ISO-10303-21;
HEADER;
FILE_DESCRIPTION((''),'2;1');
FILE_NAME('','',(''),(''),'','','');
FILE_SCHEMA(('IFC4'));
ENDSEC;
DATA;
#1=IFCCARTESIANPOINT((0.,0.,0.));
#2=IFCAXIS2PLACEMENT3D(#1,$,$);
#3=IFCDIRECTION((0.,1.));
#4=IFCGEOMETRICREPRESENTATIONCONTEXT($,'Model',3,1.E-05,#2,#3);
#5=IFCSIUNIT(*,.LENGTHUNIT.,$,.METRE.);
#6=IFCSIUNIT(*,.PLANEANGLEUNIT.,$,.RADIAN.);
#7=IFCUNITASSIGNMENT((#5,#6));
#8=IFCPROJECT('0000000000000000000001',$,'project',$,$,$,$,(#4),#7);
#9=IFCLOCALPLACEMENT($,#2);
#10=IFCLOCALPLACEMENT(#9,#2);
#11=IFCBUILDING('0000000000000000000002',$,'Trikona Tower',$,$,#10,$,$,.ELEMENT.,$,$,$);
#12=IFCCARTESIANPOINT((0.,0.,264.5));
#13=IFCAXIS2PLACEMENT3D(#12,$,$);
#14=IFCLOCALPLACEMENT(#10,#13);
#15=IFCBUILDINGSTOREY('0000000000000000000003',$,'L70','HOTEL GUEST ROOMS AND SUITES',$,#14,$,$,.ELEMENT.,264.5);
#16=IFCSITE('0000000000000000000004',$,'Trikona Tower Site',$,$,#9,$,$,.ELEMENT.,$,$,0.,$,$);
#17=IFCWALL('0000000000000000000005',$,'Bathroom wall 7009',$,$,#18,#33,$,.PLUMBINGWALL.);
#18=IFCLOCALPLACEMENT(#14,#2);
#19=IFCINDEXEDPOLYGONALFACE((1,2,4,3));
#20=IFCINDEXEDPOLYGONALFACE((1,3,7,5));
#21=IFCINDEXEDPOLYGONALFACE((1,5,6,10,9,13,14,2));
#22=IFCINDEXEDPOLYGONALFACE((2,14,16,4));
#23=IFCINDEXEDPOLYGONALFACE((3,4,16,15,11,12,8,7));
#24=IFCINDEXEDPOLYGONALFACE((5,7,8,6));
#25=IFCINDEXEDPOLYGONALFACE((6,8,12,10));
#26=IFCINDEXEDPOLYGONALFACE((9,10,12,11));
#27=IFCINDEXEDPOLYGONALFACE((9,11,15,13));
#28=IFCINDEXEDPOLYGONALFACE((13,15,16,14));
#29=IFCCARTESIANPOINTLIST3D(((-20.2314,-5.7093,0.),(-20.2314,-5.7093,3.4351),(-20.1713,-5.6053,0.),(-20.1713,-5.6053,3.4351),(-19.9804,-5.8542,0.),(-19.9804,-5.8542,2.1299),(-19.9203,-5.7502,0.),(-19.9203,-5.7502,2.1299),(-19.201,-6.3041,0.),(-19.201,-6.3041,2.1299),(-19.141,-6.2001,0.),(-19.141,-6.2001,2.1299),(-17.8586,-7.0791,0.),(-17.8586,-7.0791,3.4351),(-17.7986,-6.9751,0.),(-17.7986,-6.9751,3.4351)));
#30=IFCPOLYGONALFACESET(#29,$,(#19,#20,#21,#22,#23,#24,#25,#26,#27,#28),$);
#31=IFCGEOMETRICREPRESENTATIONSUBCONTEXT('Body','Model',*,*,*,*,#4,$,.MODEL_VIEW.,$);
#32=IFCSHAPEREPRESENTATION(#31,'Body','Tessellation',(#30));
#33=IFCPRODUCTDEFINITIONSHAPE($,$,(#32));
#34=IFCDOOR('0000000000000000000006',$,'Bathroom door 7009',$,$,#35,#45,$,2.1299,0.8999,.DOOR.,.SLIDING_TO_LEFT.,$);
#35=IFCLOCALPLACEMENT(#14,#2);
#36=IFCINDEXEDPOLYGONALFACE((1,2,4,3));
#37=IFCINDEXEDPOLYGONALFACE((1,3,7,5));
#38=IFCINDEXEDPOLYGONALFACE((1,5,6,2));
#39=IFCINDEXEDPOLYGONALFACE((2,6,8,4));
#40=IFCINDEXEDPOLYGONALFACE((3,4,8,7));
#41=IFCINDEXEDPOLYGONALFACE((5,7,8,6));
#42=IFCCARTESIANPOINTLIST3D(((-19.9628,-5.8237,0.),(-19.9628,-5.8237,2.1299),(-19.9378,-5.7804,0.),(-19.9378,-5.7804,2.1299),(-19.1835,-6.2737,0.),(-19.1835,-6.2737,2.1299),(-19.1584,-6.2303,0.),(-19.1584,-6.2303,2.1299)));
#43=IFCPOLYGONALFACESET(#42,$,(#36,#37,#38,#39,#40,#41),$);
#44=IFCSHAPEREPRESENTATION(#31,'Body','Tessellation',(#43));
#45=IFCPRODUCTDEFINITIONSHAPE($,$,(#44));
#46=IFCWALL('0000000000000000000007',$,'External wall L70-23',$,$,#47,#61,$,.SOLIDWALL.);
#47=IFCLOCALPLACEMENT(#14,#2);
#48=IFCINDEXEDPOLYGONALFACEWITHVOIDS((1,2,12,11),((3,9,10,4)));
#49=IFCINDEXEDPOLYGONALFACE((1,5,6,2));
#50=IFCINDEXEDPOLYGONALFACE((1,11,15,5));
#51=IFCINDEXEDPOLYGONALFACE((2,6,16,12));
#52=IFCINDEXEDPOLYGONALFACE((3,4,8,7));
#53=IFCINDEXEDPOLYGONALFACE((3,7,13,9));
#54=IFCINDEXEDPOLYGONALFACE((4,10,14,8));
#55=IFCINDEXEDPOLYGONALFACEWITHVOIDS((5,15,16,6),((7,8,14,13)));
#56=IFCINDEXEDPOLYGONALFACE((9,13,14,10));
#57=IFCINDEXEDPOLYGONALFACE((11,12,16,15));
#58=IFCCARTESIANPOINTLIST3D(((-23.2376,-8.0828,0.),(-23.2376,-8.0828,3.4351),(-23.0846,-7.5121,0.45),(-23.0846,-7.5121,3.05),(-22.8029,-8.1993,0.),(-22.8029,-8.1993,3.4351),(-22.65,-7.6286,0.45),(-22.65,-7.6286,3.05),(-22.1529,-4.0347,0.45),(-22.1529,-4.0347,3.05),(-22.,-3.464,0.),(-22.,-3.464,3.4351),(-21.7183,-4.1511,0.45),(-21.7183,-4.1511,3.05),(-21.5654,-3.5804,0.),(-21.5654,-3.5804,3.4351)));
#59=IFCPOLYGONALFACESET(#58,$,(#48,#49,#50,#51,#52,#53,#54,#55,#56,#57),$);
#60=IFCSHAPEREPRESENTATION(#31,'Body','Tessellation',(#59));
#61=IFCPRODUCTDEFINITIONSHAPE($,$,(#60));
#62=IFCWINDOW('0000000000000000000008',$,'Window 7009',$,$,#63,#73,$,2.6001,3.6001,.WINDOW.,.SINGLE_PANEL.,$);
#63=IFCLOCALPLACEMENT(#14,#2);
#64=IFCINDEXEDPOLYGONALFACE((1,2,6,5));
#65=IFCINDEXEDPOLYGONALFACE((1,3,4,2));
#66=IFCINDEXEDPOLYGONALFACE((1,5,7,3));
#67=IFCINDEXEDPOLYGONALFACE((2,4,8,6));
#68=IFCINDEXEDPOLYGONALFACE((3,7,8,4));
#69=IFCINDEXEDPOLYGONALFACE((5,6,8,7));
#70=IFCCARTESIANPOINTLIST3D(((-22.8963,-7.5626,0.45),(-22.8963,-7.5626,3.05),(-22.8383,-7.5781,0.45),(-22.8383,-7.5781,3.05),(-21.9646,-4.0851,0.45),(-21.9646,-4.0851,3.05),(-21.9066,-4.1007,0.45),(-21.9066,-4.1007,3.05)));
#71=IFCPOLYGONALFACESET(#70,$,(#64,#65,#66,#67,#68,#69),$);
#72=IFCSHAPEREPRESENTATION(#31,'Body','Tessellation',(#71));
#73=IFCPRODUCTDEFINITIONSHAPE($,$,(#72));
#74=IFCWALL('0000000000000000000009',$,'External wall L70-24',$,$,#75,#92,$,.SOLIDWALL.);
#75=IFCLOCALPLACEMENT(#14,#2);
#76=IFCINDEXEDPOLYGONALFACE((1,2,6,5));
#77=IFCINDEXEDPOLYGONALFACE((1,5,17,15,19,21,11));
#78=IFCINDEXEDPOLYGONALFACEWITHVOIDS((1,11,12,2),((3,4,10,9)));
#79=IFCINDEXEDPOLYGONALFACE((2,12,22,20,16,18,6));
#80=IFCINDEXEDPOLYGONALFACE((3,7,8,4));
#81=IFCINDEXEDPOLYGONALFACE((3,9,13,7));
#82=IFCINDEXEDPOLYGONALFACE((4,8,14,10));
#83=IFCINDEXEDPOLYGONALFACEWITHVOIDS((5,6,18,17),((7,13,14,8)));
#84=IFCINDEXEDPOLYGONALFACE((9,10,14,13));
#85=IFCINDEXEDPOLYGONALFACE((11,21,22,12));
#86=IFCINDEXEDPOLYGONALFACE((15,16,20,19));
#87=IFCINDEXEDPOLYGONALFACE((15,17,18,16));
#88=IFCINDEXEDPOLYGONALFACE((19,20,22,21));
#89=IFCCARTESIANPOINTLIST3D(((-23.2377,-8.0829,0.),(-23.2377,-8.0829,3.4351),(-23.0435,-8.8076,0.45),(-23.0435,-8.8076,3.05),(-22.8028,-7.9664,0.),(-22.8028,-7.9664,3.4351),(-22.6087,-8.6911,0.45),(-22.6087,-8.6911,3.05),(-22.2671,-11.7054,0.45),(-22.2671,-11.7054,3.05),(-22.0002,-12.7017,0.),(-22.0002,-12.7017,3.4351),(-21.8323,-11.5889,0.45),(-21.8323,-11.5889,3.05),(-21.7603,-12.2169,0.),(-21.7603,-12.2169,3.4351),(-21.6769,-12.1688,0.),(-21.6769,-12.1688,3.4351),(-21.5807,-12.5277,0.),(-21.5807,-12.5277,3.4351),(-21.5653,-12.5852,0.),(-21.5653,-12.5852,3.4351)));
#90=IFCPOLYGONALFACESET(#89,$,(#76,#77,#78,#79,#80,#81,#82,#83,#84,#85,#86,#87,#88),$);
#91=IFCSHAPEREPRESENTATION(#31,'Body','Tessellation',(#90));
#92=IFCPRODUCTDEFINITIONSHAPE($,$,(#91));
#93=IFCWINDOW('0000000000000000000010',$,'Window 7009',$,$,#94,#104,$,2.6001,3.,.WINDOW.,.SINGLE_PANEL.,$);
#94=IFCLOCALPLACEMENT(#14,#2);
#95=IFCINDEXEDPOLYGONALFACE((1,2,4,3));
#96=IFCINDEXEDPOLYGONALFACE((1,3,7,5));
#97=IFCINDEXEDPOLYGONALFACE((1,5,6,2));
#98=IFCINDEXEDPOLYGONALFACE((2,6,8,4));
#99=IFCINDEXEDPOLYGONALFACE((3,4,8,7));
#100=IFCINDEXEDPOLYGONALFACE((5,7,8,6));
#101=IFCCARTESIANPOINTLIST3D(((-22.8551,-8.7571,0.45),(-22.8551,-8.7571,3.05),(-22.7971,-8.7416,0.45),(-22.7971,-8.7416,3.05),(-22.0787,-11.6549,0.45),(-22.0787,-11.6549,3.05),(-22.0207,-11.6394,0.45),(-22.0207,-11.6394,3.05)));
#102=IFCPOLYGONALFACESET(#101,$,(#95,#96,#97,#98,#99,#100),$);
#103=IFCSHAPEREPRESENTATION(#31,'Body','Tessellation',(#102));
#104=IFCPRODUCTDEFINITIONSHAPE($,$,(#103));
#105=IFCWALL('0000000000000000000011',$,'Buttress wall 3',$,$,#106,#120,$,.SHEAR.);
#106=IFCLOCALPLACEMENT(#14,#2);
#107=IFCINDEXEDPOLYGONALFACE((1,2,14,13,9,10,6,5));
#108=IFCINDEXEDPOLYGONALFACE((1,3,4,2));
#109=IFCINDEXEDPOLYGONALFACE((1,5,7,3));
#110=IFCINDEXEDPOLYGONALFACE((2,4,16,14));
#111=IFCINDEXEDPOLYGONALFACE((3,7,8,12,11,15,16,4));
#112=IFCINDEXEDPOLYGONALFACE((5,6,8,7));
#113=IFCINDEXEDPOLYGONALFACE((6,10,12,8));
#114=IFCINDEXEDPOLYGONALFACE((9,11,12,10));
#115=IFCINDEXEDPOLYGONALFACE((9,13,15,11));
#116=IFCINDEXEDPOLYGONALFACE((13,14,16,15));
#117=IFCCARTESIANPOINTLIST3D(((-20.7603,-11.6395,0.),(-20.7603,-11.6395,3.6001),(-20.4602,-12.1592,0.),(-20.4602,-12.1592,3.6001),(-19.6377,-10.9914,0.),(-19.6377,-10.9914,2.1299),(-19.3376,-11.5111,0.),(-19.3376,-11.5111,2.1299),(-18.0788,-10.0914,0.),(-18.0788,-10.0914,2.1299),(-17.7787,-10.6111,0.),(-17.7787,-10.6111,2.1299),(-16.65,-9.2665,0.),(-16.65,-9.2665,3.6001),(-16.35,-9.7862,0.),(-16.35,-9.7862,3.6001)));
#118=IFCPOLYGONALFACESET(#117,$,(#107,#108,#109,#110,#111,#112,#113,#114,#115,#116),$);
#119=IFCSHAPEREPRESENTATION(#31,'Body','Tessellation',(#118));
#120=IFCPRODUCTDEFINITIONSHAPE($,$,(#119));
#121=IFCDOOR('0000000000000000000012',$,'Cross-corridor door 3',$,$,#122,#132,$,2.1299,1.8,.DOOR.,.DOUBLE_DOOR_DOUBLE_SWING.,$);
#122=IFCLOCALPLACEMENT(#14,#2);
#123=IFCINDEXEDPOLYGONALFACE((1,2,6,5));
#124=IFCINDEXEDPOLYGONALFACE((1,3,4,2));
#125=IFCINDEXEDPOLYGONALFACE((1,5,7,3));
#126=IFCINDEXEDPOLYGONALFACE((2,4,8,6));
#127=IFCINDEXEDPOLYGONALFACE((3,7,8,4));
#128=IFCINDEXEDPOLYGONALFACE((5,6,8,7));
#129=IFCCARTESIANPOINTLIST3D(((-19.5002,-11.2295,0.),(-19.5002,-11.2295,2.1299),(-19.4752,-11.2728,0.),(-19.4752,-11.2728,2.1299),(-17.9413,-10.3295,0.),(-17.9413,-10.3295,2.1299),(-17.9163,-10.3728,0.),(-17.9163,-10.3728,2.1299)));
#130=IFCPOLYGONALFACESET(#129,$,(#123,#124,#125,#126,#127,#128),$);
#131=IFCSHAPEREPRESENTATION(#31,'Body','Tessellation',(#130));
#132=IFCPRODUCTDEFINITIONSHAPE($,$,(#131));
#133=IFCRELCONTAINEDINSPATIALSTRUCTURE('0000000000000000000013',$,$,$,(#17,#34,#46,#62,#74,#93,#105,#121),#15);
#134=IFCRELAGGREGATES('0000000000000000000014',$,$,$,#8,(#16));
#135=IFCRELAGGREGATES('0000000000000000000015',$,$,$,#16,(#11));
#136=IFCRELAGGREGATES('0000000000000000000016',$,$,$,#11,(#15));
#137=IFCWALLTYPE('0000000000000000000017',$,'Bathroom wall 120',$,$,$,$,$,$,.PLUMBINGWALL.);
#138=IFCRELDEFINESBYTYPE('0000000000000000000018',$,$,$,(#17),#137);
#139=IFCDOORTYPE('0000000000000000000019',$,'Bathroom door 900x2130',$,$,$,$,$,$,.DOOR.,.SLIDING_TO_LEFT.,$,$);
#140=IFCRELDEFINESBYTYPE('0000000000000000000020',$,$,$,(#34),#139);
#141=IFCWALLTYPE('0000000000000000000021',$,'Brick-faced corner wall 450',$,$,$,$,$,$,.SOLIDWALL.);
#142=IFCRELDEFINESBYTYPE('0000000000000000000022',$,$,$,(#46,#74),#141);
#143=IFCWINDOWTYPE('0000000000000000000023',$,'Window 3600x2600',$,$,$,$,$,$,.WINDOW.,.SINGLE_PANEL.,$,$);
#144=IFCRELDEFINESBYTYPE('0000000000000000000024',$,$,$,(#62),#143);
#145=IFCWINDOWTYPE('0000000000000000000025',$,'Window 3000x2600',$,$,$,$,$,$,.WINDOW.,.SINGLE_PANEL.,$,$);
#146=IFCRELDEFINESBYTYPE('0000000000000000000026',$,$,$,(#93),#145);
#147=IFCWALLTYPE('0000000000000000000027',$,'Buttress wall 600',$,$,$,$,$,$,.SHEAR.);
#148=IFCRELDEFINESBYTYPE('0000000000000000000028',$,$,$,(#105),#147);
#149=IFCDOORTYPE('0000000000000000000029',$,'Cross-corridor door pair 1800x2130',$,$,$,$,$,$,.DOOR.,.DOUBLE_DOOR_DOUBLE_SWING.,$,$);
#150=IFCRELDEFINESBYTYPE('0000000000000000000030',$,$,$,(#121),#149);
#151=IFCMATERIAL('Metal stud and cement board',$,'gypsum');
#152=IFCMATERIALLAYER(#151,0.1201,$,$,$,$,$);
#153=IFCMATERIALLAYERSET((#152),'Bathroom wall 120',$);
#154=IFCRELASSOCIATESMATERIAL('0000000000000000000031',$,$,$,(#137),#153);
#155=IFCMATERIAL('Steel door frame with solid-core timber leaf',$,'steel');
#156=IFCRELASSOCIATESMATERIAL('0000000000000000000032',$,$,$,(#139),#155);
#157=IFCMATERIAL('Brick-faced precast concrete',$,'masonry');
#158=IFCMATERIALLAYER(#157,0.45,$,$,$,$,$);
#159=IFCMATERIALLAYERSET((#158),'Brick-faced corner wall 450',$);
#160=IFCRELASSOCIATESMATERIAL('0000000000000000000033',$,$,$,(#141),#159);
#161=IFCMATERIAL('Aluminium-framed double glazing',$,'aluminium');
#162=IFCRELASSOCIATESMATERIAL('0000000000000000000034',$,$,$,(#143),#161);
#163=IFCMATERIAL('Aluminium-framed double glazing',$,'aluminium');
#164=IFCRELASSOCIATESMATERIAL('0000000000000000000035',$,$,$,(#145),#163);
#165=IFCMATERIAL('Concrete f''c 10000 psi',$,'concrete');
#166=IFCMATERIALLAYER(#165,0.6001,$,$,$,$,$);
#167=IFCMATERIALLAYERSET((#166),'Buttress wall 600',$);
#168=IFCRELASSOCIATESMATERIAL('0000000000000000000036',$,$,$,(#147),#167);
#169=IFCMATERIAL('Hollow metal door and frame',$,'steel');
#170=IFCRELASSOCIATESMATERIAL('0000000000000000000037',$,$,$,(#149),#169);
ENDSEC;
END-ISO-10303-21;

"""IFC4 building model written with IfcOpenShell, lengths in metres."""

from ifc_helpers import new_model, si_unit, direction, frame, frame_2d, origin, place, context, subcontext, project, spatial, polyline, rectangle, outline, extrude, material, layer, layer_set, type_object, element, fill, save


model = new_model("IFC4")

# Units and contexts
model_context = context("Model", 3, precision=1e-05, world=origin(), true_north=direction((0.0, 1.0)))
body_context = subcontext(model_context, "Body", "Model", "MODEL_VIEW")
ifc_project = project(units=[si_unit("LENGTHUNIT", "METRE"), si_unit("PLANEANGLEUNIT", "RADIAN")], contexts=[model_context])

# Site, building, storey
site_placement = place(None, origin())
site = spatial("IfcSite", under=ifc_project, at=site_placement, Name="Trikona Tower Site", CompositionType="ELEMENT", RefElevation=0.0)
building_placement = place(site_placement, origin())
building = spatial("IfcBuilding", under=site, at=building_placement, Name="Trikona Tower", CompositionType="ELEMENT")
storey_placement = place(building_placement, frame((0.0, 0.0, 264.5)))
storey = spatial("IfcBuildingStorey", under=building, at=storey_placement, Name="L70", Description="HOTEL GUEST ROOMS AND SUITES", CompositionType="ELEMENT", Elevation=264.5)

# Shared definitions
ifc_material_1 = material(Name="Metal stud and cement board", Category="gypsum")
ifc_layer_1 = layer(ifc_material_1, 0.1201)
ifc_layer_set_1 = layer_set([ifc_layer_1], Name="Bathroom wall 120")
wall_type_1 = type_object("IfcWallType", Name="Bathroom wall 120", PredefinedType="PLUMBINGWALL", material=ifc_layer_set_1)
ifc_material_2 = material(Name="Steel door frame with solid-core timber leaf", Category="steel")
door_type_1 = type_object("IfcDoorType", Name="Bathroom door 900x2130", OperationType="SLIDING_TO_LEFT", PredefinedType="DOOR", material=ifc_material_2)

# Wall, opening, door
wall_1_placement = place(storey_placement, frame((-17.8286, -7.0271, 0.0), z_axis=(0.0, 0.0, 1.0), x_axis=(-0.866036, 0.499982, 0.0)))
wall_1 = element("IfcWall", 1, at=wall_1_placement, inside=storey, type_object=wall_type_1, Name="Bathroom wall 7009", PredefinedType="PLUMBINGWALL", context=body_context, shape_type="SweptSolid", body=[
    extrude(rectangle(XDim=2.7397, YDim=0.1201, at=frame_2d((1.3699, 0.0))), origin(), (0.0, 0.0, 1.0), 3.4351),
])
opening_1_placement = place(wall_1_placement, frame((1.55, 0.0, 0.0)))
opening_1 = element("IfcOpeningElement", 2, at=opening_1_placement, cuts=wall_1, PredefinedType="OPENING", context=body_context, shape_type="SweptSolid", body=[
    extrude(rectangle(XDim=0.8999, YDim=2.1299, at=frame_2d((0.45, 1.0649))), frame((0.0, 0.0701, 0.0), z_axis=(0.0, -1.0, 0.0), x_axis=(1.0, 0.0, 0.0)), (0.0, 0.0, 1.0), 0.1401),
])
door_1_placement = place(opening_1_placement, origin())
door_1 = element("IfcDoor", 3, at=door_1_placement, inside=storey, type_object=door_type_1, Name="Bathroom door 7009", OperationType="SLIDING_TO_LEFT", OverallHeight=2.1299, OverallWidth=0.8999, PredefinedType="DOOR", context=body_context, shape_type="SweptSolid", body=[
    extrude(rectangle(XDim=0.8999, YDim=2.1299, at=frame_2d((0.45, 1.0649))), frame((0.0, 0.0249, 0.0), z_axis=(0.0, -1.0, 0.0), x_axis=(1.0, 0.0, 0.0)), (0.0, 0.0, 1.0), 0.05),
])
fill(opening_1, door_1)

# Walls, openings, windows
ifc_material_3 = material(Name="Brick-faced precast concrete", Category="masonry")
ifc_layer_2 = layer(ifc_material_3, 0.45)
ifc_layer_set_2 = layer_set([ifc_layer_2], Name="Brick-faced corner wall 450")
wall_type_2 = type_object("IfcWallType", Name="Brick-faced corner wall 450", PredefinedType="SOLIDWALL", material=ifc_layer_set_2)
wall_2_placement = place(storey_placement, frame((-21.7827, -3.5222, 0.0), z_axis=(0.0, 0.0, 1.0), x_axis=(-0.258803, -0.96593, 0.0)))
wall_2 = element("IfcWall", 4, at=wall_2_placement, inside=storey, type_object=wall_type_2, Name="External wall L70-23", PredefinedType="SOLIDWALL", context=body_context, shape_type="SweptSolid", body=[
    extrude(rectangle(XDim=4.7817, YDim=0.45, at=frame_2d((2.3909, 0.0))), origin(), (0.0, 0.0, 1.0), 3.4351),
])
opening_2_placement = place(wall_2_placement, frame((0.5908, 0.0, 0.45)))
opening_2 = element("IfcOpeningElement", 5, at=opening_2_placement, cuts=wall_2, PredefinedType="OPENING", context=body_context, shape_type="SweptSolid", body=[
    extrude(rectangle(XDim=3.6001, YDim=2.6001, at=frame_2d((1.8, 1.3))), frame((0.0, 0.2349, 0.0), z_axis=(0.0, -1.0, 0.0), x_axis=(1.0, 0.0, 0.0)), (0.0, 0.0, 1.0), 0.47),
])
ifc_material_4 = material(Name="Aluminium-framed double glazing", Category="aluminium")
window_type_1 = type_object("IfcWindowType", Name="Window 3600x2600", PartitioningType="SINGLE_PANEL", PredefinedType="WINDOW", material=ifc_material_4)
window_1_placement = place(opening_2_placement, origin())
window_1 = element("IfcWindow", 6, at=window_1_placement, inside=storey, type_object=window_type_1, Name="Window 7009", OverallHeight=2.6001, OverallWidth=3.6001, PartitioningType="SINGLE_PANEL", PredefinedType="WINDOW", context=body_context, shape_type="SweptSolid", body=[
    extrude(rectangle(XDim=3.6001, YDim=2.6001, at=frame_2d((1.8, 1.3))), frame((0.0, 0.03, 0.0), z_axis=(0.0, -1.0, 0.0), x_axis=(1.0, 0.0, 0.0)), (0.0, 0.0, 1.0), 0.0601),
])
fill(opening_2, window_1)
wall_3_placement = place(storey_placement, frame((-23.0203, -8.0247, 0.0), z_axis=(0.0, 0.0, 1.0), x_axis=(0.258803, -0.96593, 0.0)))
wall_3 = element("IfcWall", 7, at=wall_3_placement, inside=storey, type_object=wall_type_2, Name="External wall L70-24", PredefinedType="SOLIDWALL", context=body_context, shape_type="SweptSolid", body=[
    extrude(outline(polyline([(4.7817, 0.2251), (4.7222, 0.2251), (4.3755, 0.1321), (4.3506, 0.2251), (0.0, 0.2251), (0.0, -0.2251), (4.7817, -0.2251), (4.7817, 0.2251)])), origin(), (0.0, 0.0, 1.0), 3.4351),
])
opening_3_placement = place(wall_3_placement, frame((0.7502, 0.0, 0.45)))
opening_3 = element("IfcOpeningElement", 8, at=opening_3_placement, cuts=wall_3, PredefinedType="OPENING", context=body_context, shape_type="SweptSolid", body=[
    extrude(rectangle(XDim=3.0, YDim=2.6001, at=frame_2d((1.5, 1.3))), frame((0.0, 0.2349, 0.0), z_axis=(0.0, -1.0, 0.0), x_axis=(1.0, 0.0, 0.0)), (0.0, 0.0, 1.0), 0.47),
])
ifc_material_5 = material(Name="Aluminium-framed double glazing", Category="aluminium")
window_type_2 = type_object("IfcWindowType", Name="Window 3000x2600", PartitioningType="SINGLE_PANEL", PredefinedType="WINDOW", material=ifc_material_5)
window_2_placement = place(opening_3_placement, origin())
window_2 = element("IfcWindow", 9, at=window_2_placement, inside=storey, type_object=window_type_2, Name="Window 7009", OverallHeight=2.6001, OverallWidth=3.0, PartitioningType="SINGLE_PANEL", PredefinedType="WINDOW", context=body_context, shape_type="SweptSolid", body=[
    extrude(rectangle(XDim=3.0, YDim=2.6001, at=frame_2d((1.5, 1.3))), frame((0.0, 0.03, 0.0), z_axis=(0.0, -1.0, 0.0), x_axis=(1.0, 0.0, 0.0)), (0.0, 0.0, 1.0), 0.0601),
])
fill(opening_3, window_2)

# Wall, opening, door
ifc_material_6 = material(Name="Concrete f'c 10000 psi", Category="concrete")
ifc_layer_3 = layer(ifc_material_6, 0.6001)
ifc_layer_set_3 = layer_set([ifc_layer_3], Name="Buttress wall 600")
wall_type_3 = type_object("IfcWallType", Name="Buttress wall 600", PredefinedType="SHEAR", material=ifc_layer_set_3)
wall_4_placement = place(storey_placement, frame((-16.5, -9.5264, 0.0), z_axis=(0.0, 0.0, 1.0), x_axis=(-0.866031, -0.49999, 0.0)))
wall_4 = element("IfcWall", 10, at=wall_4_placement, inside=storey, type_object=wall_type_3, Name="Buttress wall 3", PredefinedType="SHEAR", context=body_context, shape_type="SweptSolid", body=[
    extrude(rectangle(XDim=4.7461, YDim=0.6001, at=frame_2d((2.373, 0.0))), origin(), (0.0, 0.0, 1.0), 3.6001),
])
opening_4_placement = place(wall_4_placement, frame((1.6499, 0.0, 0.0)))
opening_4 = element("IfcOpeningElement", 11, at=opening_4_placement, cuts=wall_4, PredefinedType="OPENING", context=body_context, shape_type="SweptSolid", body=[
    extrude(rectangle(XDim=1.8, YDim=2.1299, at=frame_2d((0.8999, 1.0649))), frame((0.0, 0.3101, 0.0), z_axis=(0.0, -1.0, 0.0), x_axis=(1.0, 0.0, 0.0)), (0.0, 0.0, 1.0), 0.6201),
])
ifc_material_7 = material(Name="Hollow metal door and frame", Category="steel")
door_type_2 = type_object("IfcDoorType", Name="Cross-corridor door pair 1800x2130", OperationType="DOUBLE_DOOR_DOUBLE_SWING", PredefinedType="DOOR", material=ifc_material_7)
door_2_placement = place(opening_4_placement, origin())
door_2 = element("IfcDoor", 12, at=door_2_placement, inside=storey, type_object=door_type_2, Name="Cross-corridor door 3", OperationType="DOUBLE_DOOR_DOUBLE_SWING", OverallHeight=2.1299, OverallWidth=1.8, PredefinedType="DOOR", context=body_context, shape_type="SweptSolid", body=[
    extrude(rectangle(XDim=1.8, YDim=2.1299, at=frame_2d((0.8999, 1.0649))), frame((0.0, 0.0249, 0.0), z_axis=(0.0, -1.0, 0.0), x_axis=(1.0, 0.0, 0.0)), (0.0, 0.0, 1.0), 0.05),
])
fill(opening_4, door_2)

save(model, "model.ifc")
